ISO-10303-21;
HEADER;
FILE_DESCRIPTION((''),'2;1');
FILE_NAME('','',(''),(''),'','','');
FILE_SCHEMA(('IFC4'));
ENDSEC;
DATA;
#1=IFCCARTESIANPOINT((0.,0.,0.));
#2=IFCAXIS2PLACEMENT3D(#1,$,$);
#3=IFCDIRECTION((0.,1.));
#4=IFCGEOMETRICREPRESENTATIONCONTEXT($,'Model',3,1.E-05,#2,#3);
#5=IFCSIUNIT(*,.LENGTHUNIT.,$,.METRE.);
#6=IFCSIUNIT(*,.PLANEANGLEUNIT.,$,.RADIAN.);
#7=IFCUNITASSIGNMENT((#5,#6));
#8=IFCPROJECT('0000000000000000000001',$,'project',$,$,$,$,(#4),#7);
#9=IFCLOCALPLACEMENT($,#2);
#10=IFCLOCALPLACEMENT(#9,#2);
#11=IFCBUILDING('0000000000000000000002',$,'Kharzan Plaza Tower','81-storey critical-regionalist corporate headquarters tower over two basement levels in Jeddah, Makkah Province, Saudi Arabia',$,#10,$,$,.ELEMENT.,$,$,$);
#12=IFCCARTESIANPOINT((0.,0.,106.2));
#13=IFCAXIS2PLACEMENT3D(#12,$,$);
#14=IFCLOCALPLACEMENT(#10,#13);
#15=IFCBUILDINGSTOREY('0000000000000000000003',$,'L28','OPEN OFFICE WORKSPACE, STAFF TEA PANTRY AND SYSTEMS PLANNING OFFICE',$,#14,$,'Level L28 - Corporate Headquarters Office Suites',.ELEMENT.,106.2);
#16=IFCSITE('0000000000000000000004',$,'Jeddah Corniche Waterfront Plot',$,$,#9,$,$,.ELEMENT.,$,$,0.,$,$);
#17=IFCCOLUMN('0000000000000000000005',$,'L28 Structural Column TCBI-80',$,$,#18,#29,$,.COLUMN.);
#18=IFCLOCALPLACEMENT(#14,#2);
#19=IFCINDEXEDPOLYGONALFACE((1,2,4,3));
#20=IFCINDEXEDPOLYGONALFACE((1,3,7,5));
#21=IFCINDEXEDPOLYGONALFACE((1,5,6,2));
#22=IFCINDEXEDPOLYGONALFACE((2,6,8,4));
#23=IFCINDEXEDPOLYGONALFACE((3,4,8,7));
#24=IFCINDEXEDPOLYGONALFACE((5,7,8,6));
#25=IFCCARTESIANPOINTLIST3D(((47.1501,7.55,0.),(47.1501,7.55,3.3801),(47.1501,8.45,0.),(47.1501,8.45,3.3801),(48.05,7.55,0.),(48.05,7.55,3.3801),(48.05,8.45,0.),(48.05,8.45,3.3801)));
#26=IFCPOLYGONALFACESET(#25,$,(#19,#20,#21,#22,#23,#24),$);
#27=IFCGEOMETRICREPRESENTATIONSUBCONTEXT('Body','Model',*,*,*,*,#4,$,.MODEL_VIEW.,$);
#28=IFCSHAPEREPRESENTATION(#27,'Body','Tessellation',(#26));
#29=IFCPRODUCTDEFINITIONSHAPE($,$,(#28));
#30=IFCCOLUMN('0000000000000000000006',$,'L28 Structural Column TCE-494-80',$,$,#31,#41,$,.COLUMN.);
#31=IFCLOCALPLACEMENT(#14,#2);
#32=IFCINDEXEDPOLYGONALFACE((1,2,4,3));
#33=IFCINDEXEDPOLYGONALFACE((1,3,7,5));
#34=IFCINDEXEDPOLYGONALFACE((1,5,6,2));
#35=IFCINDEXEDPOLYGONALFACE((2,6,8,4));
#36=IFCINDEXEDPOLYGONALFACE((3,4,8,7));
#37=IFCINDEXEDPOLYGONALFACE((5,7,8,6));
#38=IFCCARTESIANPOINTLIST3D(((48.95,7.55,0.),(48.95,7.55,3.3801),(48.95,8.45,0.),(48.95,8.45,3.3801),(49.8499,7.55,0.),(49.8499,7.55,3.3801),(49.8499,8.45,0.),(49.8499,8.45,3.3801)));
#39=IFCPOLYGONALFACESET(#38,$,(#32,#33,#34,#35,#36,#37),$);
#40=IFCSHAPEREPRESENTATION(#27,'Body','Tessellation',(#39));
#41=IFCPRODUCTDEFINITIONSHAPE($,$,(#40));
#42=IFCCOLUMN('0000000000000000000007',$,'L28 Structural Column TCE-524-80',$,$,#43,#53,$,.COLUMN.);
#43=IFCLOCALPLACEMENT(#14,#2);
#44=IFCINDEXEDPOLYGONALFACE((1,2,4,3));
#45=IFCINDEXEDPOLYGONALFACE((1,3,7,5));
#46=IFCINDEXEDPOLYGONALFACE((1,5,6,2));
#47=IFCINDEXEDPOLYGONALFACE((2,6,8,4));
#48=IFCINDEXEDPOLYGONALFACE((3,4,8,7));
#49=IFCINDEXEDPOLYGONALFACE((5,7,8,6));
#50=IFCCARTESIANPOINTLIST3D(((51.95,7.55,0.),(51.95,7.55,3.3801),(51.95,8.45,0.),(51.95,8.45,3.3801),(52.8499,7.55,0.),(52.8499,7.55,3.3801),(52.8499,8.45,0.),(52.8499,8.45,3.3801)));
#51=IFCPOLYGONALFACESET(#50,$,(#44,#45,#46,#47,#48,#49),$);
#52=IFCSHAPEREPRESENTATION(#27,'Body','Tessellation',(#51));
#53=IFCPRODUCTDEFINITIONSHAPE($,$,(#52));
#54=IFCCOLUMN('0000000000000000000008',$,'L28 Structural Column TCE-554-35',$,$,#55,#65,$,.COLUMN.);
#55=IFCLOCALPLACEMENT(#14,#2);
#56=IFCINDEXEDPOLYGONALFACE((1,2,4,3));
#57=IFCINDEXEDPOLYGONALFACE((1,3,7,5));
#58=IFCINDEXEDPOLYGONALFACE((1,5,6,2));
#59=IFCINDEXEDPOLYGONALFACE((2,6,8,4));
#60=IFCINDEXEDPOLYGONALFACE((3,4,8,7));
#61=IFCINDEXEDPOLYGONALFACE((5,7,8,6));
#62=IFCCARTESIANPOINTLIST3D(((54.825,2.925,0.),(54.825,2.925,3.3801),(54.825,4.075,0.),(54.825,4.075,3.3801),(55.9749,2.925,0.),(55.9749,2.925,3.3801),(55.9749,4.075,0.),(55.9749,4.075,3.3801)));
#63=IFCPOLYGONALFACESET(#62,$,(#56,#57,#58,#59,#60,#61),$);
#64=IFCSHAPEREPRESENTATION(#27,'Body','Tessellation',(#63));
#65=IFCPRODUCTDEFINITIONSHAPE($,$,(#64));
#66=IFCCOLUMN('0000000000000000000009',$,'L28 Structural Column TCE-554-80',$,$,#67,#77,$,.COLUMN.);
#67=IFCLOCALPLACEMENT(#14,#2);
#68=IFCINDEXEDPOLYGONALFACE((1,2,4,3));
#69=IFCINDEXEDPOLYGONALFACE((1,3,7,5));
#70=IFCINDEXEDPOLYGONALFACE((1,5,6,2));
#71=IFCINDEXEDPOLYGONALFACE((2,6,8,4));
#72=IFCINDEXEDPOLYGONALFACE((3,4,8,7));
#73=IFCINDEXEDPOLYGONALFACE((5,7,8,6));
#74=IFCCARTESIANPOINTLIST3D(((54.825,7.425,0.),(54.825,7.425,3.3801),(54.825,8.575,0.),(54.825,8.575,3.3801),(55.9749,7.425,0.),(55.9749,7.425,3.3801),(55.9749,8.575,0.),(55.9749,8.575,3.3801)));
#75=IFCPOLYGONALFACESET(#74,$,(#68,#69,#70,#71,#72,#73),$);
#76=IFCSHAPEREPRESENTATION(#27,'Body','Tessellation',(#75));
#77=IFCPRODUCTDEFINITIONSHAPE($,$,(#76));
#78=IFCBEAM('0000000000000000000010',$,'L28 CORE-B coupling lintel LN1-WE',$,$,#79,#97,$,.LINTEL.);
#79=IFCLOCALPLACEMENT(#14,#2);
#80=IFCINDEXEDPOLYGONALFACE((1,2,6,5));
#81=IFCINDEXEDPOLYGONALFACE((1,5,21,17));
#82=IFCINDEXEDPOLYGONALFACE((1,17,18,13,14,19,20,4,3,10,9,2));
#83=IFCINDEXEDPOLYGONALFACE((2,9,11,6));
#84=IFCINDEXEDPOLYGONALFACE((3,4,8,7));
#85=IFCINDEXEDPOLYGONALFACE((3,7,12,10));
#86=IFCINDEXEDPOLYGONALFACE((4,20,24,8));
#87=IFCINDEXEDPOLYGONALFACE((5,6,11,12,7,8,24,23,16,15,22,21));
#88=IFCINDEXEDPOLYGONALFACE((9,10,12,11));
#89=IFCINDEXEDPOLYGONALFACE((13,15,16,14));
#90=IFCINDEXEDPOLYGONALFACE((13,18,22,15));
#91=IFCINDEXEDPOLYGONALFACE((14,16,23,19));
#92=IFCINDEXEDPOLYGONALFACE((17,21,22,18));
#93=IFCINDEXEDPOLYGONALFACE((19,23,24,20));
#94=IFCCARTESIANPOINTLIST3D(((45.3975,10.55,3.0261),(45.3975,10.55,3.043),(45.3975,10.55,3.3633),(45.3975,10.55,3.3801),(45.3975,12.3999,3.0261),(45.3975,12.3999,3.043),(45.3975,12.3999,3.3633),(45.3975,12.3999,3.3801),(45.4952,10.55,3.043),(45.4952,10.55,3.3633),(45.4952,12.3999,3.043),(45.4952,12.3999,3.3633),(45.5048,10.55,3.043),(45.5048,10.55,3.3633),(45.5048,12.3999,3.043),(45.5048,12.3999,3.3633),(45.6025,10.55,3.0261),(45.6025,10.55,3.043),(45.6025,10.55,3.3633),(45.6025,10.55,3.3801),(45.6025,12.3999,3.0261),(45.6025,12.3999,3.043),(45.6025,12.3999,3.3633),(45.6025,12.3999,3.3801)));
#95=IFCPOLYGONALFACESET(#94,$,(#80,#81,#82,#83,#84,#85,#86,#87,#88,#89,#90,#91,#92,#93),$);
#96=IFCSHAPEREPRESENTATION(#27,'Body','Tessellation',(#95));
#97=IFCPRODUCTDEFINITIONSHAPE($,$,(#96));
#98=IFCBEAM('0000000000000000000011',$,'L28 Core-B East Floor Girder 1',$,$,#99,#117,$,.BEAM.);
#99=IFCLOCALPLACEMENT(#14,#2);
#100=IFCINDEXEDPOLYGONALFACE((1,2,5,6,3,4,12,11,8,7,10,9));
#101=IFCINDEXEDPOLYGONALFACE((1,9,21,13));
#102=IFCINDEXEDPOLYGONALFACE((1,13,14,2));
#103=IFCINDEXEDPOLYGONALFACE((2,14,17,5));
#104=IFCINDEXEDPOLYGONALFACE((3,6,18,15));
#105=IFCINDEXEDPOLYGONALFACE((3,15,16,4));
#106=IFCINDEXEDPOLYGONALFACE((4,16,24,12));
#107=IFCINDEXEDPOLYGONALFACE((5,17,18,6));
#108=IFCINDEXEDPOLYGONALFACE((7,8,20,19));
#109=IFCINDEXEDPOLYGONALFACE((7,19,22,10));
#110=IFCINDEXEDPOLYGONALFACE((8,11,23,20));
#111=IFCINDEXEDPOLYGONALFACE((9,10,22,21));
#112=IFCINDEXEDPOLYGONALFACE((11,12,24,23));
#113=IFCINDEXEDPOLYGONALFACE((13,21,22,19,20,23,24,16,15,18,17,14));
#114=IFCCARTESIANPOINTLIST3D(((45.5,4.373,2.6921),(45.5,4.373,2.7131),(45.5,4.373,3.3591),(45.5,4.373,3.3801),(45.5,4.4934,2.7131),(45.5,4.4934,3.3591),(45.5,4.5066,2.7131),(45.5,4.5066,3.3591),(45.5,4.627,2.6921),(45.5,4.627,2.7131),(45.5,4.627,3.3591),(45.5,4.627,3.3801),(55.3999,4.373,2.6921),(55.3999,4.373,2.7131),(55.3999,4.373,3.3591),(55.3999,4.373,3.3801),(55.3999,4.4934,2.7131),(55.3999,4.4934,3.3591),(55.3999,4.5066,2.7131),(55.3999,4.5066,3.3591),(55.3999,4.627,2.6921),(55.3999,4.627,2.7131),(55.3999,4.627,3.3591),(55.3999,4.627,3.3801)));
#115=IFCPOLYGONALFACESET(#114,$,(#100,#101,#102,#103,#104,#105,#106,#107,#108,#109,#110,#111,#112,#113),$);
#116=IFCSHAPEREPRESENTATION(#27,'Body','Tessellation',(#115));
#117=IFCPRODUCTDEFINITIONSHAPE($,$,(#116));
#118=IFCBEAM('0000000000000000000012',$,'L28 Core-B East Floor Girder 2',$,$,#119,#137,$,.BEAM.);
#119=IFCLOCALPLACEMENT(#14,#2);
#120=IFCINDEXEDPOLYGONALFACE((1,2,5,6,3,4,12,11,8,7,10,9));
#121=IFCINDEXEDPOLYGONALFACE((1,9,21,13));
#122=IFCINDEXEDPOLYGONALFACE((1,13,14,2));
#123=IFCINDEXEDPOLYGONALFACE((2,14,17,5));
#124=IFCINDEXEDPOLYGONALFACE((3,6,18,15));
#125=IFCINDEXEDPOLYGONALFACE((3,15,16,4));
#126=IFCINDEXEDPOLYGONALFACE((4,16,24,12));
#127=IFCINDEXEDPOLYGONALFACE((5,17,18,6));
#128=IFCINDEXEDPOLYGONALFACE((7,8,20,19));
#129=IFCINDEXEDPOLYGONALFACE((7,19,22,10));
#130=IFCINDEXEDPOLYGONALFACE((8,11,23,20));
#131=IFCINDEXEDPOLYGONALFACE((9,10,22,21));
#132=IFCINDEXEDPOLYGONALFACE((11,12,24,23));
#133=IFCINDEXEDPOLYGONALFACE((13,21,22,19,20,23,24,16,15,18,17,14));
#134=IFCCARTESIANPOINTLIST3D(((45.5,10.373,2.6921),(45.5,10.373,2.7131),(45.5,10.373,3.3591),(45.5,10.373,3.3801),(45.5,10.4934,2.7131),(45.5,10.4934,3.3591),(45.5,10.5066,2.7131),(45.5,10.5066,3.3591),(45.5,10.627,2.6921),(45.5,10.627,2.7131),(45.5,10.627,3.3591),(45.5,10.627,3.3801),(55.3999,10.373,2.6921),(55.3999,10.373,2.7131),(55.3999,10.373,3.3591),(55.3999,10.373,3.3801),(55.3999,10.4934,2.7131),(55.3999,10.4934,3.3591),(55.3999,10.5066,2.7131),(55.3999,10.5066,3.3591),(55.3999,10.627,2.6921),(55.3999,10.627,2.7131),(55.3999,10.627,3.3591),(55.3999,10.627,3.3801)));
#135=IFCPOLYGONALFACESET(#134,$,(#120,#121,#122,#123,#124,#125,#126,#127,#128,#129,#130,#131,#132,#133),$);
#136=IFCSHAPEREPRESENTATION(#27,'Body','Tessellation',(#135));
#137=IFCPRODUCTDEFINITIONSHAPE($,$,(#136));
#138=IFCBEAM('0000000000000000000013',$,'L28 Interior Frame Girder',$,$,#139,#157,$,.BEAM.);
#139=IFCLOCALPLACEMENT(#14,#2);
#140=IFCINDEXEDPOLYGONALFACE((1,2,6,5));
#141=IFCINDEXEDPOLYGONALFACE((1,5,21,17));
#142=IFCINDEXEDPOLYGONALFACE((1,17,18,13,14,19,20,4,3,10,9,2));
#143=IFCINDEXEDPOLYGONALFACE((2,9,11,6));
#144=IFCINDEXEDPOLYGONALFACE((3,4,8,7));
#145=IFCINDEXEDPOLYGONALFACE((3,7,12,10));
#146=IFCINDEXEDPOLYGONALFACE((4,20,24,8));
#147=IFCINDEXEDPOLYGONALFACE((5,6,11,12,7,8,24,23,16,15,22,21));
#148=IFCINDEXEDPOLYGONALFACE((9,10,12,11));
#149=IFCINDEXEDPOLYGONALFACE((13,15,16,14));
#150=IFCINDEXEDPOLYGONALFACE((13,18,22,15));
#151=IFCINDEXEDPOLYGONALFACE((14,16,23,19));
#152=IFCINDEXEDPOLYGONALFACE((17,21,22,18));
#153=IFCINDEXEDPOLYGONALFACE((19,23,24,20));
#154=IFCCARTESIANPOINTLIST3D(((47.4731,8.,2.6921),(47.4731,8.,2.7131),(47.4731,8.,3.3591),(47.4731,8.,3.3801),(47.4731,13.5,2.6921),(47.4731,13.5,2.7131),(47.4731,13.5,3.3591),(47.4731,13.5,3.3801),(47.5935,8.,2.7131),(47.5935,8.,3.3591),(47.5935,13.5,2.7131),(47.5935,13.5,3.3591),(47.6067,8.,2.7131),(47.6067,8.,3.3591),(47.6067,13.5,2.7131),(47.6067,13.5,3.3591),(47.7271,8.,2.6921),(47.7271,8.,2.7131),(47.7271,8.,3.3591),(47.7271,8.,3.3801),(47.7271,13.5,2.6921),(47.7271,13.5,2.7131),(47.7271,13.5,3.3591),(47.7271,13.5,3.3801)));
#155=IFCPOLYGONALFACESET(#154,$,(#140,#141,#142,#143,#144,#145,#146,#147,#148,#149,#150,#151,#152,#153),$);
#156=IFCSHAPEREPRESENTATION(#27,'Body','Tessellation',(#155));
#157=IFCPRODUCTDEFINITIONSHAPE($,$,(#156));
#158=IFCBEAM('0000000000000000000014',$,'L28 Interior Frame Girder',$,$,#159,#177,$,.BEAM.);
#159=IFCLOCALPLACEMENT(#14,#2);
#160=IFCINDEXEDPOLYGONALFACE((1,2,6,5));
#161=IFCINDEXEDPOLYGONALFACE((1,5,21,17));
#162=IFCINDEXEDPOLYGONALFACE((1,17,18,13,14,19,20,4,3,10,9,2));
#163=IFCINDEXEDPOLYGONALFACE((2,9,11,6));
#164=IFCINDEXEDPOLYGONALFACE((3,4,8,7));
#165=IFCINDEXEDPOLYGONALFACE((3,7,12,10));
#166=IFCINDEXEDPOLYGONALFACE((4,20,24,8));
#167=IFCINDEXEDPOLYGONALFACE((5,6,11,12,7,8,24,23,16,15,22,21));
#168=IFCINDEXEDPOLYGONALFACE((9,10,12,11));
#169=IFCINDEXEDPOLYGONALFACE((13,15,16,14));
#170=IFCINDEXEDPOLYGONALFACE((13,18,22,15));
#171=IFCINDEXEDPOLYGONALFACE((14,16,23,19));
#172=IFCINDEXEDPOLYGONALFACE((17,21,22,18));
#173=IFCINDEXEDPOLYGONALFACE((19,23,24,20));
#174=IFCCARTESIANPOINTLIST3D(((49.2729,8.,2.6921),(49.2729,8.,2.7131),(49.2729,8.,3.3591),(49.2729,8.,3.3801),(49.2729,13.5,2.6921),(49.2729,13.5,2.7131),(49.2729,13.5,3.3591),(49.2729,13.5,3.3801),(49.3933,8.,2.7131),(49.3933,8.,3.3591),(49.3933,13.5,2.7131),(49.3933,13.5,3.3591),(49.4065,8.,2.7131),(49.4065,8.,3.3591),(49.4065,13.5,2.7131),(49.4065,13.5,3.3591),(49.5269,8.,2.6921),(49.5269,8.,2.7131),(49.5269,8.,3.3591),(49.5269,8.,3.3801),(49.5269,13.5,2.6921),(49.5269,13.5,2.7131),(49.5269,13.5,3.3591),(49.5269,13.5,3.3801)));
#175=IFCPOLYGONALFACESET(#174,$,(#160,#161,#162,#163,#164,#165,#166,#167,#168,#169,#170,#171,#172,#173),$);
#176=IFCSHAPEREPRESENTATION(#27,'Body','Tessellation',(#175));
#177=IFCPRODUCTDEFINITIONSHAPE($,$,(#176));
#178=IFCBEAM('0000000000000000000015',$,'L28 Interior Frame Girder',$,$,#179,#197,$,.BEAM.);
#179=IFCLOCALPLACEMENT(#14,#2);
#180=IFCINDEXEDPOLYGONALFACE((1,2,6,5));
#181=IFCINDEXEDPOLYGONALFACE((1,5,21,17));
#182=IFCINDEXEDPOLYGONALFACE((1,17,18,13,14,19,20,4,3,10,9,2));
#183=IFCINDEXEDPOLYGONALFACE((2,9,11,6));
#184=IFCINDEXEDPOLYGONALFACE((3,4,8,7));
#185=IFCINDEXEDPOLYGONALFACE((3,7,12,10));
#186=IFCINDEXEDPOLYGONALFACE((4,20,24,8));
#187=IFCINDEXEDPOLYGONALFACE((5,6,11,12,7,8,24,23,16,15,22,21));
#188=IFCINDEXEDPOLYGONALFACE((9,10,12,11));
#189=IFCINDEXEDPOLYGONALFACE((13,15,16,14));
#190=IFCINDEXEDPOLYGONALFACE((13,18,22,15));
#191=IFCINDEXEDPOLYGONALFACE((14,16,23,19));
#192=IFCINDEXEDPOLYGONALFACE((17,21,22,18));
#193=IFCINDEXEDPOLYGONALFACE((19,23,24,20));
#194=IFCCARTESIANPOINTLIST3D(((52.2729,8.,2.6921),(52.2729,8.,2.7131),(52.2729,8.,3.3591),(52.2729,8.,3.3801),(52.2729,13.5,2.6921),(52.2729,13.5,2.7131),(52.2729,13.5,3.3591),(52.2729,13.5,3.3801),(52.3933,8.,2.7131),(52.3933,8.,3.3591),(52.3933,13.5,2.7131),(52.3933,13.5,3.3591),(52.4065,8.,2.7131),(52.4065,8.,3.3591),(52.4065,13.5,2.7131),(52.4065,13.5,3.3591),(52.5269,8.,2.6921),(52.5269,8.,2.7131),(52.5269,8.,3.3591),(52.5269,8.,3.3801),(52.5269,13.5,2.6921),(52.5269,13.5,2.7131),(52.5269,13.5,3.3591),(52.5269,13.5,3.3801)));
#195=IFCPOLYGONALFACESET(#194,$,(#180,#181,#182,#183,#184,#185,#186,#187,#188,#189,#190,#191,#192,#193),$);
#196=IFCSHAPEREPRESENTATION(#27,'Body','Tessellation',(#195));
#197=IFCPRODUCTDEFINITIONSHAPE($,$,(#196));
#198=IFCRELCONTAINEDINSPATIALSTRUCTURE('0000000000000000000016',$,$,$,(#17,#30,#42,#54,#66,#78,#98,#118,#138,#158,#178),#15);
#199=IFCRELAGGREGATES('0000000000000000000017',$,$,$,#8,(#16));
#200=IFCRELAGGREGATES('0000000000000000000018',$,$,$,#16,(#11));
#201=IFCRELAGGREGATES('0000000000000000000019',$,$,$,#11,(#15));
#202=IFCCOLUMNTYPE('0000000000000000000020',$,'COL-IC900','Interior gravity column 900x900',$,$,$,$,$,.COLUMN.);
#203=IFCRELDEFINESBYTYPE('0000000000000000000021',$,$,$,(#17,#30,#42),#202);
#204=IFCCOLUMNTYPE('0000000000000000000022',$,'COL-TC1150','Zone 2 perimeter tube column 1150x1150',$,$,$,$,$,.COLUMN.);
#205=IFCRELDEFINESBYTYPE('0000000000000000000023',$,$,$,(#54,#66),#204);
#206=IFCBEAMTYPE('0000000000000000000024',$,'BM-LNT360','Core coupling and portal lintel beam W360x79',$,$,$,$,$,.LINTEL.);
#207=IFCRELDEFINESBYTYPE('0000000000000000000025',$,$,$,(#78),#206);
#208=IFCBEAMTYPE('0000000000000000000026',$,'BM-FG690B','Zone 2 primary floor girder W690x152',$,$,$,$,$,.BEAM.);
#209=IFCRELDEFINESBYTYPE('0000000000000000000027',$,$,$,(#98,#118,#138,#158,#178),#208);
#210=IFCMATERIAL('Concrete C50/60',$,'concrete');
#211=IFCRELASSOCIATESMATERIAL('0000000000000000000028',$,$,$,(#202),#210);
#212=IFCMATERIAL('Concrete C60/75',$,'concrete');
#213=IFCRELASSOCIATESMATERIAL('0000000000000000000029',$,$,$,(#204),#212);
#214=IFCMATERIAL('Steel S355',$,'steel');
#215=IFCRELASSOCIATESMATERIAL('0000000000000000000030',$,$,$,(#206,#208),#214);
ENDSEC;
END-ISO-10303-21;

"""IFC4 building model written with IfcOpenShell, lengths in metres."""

from ifc_helpers import new_model, si_unit, direction, frame, origin, origin_2d, place, context, subcontext, project, spatial, rectangle, i_section, extrude, source, transform, mapped, material, material_profile, profile_set, type_object, element, save


model = new_model("IFC4")

# Units and contexts
model_context = context("Model", 3, precision=1e-05, world=origin(), true_north=direction((0.0, 1.0)))
body_context = subcontext(model_context, "Body", "Model", "MODEL_VIEW")
ifc_project = project(units=[si_unit("LENGTHUNIT", "METRE"), si_unit("PLANEANGLEUNIT", "RADIAN")], contexts=[model_context])

# Site, building, storey
site_placement = place(None, origin())
site = spatial("IfcSite", under=ifc_project, at=site_placement, Name="Jeddah Corniche Waterfront Plot", CompositionType="ELEMENT", RefElevation=0.0)
building_placement = place(site_placement, origin())
building = spatial("IfcBuilding", under=site, at=building_placement, Name="Kharzan Plaza Tower", Description="81-storey critical-regionalist corporate headquarters tower over two basement levels in Jeddah, Makkah Province, Saudi Arabia", CompositionType="ELEMENT")
storey_placement = place(building_placement, frame((0.0, 0.0, 106.2)))
storey = spatial("IfcBuildingStorey", under=building, at=storey_placement, Name="L28", Description="OPEN OFFICE WORKSPACE, STAFF TEA PANTRY AND SYSTEMS PLANNING OFFICE", LongName="Level L28 - Corporate Headquarters Office Suites", CompositionType="ELEMENT", Elevation=106.2)

# Columns
ifc_material_1 = material(Name="Concrete C50/60", Category="concrete")
ifc_material_profile_1 = material_profile(ifc_material_1, rectangle(XDim=0.8999, YDim=0.8999, at=origin_2d()), Name="RC-IC900x900")
ifc_profile_set_1 = profile_set([ifc_material_profile_1], Name="Concrete C50/60")
column_type_1 = type_object("IfcColumnType", Name="COL-IC900", Description="Interior gravity column 900x900", PredefinedType="COLUMN", material=ifc_profile_set_1)
shared_shape_1 = source(origin(), body_context, "Body", "SweptSolid", [
    extrude(rectangle(XDim=0.8999, YDim=0.8999, at=origin_2d()), origin(), (0.0, 0.0, 1.0), 3.3801),
])
for number, where, z_axis, x_axis, name in (
    (1, (47.6001, 8.0, 0.0), (0.0, 0.0, 1.0), (1.0, 0.0, 0.0), "L28 Structural Column TCBI-80"),
    (2, (49.3999, 8.0, 0.0), (0.0, 0.0, 1.0), (1.0, 0.0, 0.0), "L28 Structural Column TCE-494-80"),
    (3, (52.3999, 8.0, 0.0), (0.0, 0.0, 1.0), (1.0, 0.0, 0.0), "L28 Structural Column TCE-524-80"),
):
    element("IfcColumn", number, at=place(storey_placement, frame(where, z_axis=z_axis, x_axis=x_axis)), inside=storey, type_object=column_type_1, Name=name, PredefinedType="COLUMN", context=body_context, shape_type="MappedRepresentation", body=[
        mapped(shared_shape_1, transform((0.0, 0.0, 0.0), x_axis=(1.0, 0.0, 0.0), y_axis=(0.0, 1.0, 0.0), z_axis=(0.0, 0.0, 1.0))),
    ])
ifc_material_2 = material(Name="Concrete C60/75", Category="concrete")
ifc_material_profile_2 = material_profile(ifc_material_2, rectangle(XDim=1.1499, YDim=1.1499, at=origin_2d()), Name="RC-TC1150x1150")
ifc_profile_set_2 = profile_set([ifc_material_profile_2], Name="Concrete C60/75")
column_type_2 = type_object("IfcColumnType", Name="COL-TC1150", Description="Zone 2 perimeter tube column 1150x1150", PredefinedType="COLUMN", material=ifc_profile_set_2)
shared_shape_2 = source(origin(), body_context, "Body", "SweptSolid", [
    extrude(rectangle(XDim=1.1499, YDim=1.1499, at=origin_2d()), origin(), (0.0, 0.0, 1.0), 3.3801),
])
for number, where, z_axis, x_axis, name in (
    (4, (55.3999, 3.5, 0.0), (0.0, 0.0, 1.0), (1.0, 0.0, 0.0), "L28 Structural Column TCE-554-35"),
    (5, (55.3999, 8.0, 0.0), (0.0, 0.0, 1.0), (1.0, 0.0, 0.0), "L28 Structural Column TCE-554-80"),
):
    element("IfcColumn", number, at=place(storey_placement, frame(where, z_axis=z_axis, x_axis=x_axis)), inside=storey, type_object=column_type_2, Name=name, PredefinedType="COLUMN", context=body_context, shape_type="MappedRepresentation", body=[
        mapped(shared_shape_2, transform((0.0, 0.0, 0.0), x_axis=(1.0, 0.0, 0.0), y_axis=(0.0, 1.0, 0.0), z_axis=(0.0, 0.0, 1.0))),
    ])

# Beams
ifc_material_3 = material(Name="Steel S355", Category="steel")
ifc_material_profile_3 = material_profile(ifc_material_3, i_section(OverallWidth=0.2051, OverallDepth=0.354, WebThickness=0.0095, FlangeThickness=0.0168, at=origin_2d()), Name="W360x79")
ifc_profile_set_3 = profile_set([ifc_material_profile_3], Name="Steel S355")
beam_type_1 = type_object("IfcBeamType", Name="BM-LNT360", Description="Core coupling and portal lintel beam W360x79", PredefinedType="LINTEL", material=ifc_profile_set_3)
shared_shape_3 = source(origin(), body_context, "Body", "SweptSolid", [
    extrude(i_section(OverallWidth=0.2051, OverallDepth=0.354, WebThickness=0.0095, FlangeThickness=0.0168, at=origin_2d()), origin(), (0.0, 0.0, 1.0), 1.8499),
])
beam_1_placement = place(storey_placement, frame((45.5, 10.55, 3.2031), z_axis=(0.0, 1.0, 0.0), x_axis=(-1.0, 0.0, 0.0)))
element("IfcBeam", 6, at=beam_1_placement, inside=storey, type_object=beam_type_1, Name="L28 CORE-B coupling lintel LN1-WE", PredefinedType="LINTEL", context=body_context, shape_type="MappedRepresentation", body=[
    mapped(shared_shape_3, transform((0.0, 0.0, 0.0), x_axis=(1.0, 0.0, 0.0), y_axis=(0.0, 1.0, 0.0), z_axis=(0.0, 0.0, 1.0))),
])
ifc_material_profile_4 = material_profile(ifc_material_3, i_section(OverallWidth=0.2539, OverallDepth=0.688, WebThickness=0.0132, FlangeThickness=0.021, at=origin_2d()), Name="W690x152")
ifc_profile_set_4 = profile_set([ifc_material_profile_4], Name="Steel S355")
beam_type_2 = type_object("IfcBeamType", Name="BM-FG690B", Description="Zone 2 primary floor girder W690x152", PredefinedType="BEAM", material=ifc_profile_set_4)
shared_shape_4 = source(origin(), body_context, "Body", "SweptSolid", [
    extrude(i_section(OverallWidth=0.2539, OverallDepth=0.688, WebThickness=0.0132, FlangeThickness=0.021, at=origin_2d()), origin(), (0.0, 0.0, 1.0), 9.8999),
])
for number, where, z_axis, x_axis, name in (
    (7, (45.5, 4.5, 3.0361), (1.0, 0.0, 0.0), (0.0, 1.0, 0.0), "L28 Core-B East Floor Girder 1"),
    (8, (45.5, 10.5, 3.0361), (1.0, 0.0, 0.0), (0.0, 1.0, 0.0), "L28 Core-B East Floor Girder 2"),
):
    element("IfcBeam", number, at=place(storey_placement, frame(where, z_axis=z_axis, x_axis=x_axis)), inside=storey, type_object=beam_type_2, Name=name, PredefinedType="BEAM", context=body_context, shape_type="MappedRepresentation", body=[
        mapped(shared_shape_4, transform((0.0, 0.0, 0.0), x_axis=(1.0, 0.0, 0.0), y_axis=(0.0, 1.0, 0.0), z_axis=(0.0, 0.0, 1.0))),
    ])
shared_shape_5 = source(origin(), body_context, "Body", "SweptSolid", [
    extrude(i_section(OverallWidth=0.2539, OverallDepth=0.688, WebThickness=0.0132, FlangeThickness=0.021, at=origin_2d()), origin(), (0.0, 0.0, 1.0), 5.5),
])
for number, where, z_axis, x_axis, name in (
    (9, (47.6001, 8.0, 3.0361), (0.0, 1.0, 0.0), (-1.0, 0.0, 0.0), "L28 Interior Frame Girder"),
    (10, (49.3999, 8.0, 3.0361), (0.0, 1.0, 0.0), (-1.0, 0.0, 0.0), "L28 Interior Frame Girder"),
    (11, (52.3999, 8.0, 3.0361), (0.0, 1.0, 0.0), (-1.0, 0.0, 0.0), "L28 Interior Frame Girder"),
):
    element("IfcBeam", number, at=place(storey_placement, frame(where, z_axis=z_axis, x_axis=x_axis)), inside=storey, type_object=beam_type_2, Name=name, PredefinedType="BEAM", context=body_context, shape_type="MappedRepresentation", body=[
        mapped(shared_shape_5, transform((0.0, 0.0, 0.0), x_axis=(1.0, 0.0, 0.0), y_axis=(0.0, 1.0, 0.0), z_axis=(0.0, 0.0, 1.0))),
    ])

save(model, "model.ifc")
